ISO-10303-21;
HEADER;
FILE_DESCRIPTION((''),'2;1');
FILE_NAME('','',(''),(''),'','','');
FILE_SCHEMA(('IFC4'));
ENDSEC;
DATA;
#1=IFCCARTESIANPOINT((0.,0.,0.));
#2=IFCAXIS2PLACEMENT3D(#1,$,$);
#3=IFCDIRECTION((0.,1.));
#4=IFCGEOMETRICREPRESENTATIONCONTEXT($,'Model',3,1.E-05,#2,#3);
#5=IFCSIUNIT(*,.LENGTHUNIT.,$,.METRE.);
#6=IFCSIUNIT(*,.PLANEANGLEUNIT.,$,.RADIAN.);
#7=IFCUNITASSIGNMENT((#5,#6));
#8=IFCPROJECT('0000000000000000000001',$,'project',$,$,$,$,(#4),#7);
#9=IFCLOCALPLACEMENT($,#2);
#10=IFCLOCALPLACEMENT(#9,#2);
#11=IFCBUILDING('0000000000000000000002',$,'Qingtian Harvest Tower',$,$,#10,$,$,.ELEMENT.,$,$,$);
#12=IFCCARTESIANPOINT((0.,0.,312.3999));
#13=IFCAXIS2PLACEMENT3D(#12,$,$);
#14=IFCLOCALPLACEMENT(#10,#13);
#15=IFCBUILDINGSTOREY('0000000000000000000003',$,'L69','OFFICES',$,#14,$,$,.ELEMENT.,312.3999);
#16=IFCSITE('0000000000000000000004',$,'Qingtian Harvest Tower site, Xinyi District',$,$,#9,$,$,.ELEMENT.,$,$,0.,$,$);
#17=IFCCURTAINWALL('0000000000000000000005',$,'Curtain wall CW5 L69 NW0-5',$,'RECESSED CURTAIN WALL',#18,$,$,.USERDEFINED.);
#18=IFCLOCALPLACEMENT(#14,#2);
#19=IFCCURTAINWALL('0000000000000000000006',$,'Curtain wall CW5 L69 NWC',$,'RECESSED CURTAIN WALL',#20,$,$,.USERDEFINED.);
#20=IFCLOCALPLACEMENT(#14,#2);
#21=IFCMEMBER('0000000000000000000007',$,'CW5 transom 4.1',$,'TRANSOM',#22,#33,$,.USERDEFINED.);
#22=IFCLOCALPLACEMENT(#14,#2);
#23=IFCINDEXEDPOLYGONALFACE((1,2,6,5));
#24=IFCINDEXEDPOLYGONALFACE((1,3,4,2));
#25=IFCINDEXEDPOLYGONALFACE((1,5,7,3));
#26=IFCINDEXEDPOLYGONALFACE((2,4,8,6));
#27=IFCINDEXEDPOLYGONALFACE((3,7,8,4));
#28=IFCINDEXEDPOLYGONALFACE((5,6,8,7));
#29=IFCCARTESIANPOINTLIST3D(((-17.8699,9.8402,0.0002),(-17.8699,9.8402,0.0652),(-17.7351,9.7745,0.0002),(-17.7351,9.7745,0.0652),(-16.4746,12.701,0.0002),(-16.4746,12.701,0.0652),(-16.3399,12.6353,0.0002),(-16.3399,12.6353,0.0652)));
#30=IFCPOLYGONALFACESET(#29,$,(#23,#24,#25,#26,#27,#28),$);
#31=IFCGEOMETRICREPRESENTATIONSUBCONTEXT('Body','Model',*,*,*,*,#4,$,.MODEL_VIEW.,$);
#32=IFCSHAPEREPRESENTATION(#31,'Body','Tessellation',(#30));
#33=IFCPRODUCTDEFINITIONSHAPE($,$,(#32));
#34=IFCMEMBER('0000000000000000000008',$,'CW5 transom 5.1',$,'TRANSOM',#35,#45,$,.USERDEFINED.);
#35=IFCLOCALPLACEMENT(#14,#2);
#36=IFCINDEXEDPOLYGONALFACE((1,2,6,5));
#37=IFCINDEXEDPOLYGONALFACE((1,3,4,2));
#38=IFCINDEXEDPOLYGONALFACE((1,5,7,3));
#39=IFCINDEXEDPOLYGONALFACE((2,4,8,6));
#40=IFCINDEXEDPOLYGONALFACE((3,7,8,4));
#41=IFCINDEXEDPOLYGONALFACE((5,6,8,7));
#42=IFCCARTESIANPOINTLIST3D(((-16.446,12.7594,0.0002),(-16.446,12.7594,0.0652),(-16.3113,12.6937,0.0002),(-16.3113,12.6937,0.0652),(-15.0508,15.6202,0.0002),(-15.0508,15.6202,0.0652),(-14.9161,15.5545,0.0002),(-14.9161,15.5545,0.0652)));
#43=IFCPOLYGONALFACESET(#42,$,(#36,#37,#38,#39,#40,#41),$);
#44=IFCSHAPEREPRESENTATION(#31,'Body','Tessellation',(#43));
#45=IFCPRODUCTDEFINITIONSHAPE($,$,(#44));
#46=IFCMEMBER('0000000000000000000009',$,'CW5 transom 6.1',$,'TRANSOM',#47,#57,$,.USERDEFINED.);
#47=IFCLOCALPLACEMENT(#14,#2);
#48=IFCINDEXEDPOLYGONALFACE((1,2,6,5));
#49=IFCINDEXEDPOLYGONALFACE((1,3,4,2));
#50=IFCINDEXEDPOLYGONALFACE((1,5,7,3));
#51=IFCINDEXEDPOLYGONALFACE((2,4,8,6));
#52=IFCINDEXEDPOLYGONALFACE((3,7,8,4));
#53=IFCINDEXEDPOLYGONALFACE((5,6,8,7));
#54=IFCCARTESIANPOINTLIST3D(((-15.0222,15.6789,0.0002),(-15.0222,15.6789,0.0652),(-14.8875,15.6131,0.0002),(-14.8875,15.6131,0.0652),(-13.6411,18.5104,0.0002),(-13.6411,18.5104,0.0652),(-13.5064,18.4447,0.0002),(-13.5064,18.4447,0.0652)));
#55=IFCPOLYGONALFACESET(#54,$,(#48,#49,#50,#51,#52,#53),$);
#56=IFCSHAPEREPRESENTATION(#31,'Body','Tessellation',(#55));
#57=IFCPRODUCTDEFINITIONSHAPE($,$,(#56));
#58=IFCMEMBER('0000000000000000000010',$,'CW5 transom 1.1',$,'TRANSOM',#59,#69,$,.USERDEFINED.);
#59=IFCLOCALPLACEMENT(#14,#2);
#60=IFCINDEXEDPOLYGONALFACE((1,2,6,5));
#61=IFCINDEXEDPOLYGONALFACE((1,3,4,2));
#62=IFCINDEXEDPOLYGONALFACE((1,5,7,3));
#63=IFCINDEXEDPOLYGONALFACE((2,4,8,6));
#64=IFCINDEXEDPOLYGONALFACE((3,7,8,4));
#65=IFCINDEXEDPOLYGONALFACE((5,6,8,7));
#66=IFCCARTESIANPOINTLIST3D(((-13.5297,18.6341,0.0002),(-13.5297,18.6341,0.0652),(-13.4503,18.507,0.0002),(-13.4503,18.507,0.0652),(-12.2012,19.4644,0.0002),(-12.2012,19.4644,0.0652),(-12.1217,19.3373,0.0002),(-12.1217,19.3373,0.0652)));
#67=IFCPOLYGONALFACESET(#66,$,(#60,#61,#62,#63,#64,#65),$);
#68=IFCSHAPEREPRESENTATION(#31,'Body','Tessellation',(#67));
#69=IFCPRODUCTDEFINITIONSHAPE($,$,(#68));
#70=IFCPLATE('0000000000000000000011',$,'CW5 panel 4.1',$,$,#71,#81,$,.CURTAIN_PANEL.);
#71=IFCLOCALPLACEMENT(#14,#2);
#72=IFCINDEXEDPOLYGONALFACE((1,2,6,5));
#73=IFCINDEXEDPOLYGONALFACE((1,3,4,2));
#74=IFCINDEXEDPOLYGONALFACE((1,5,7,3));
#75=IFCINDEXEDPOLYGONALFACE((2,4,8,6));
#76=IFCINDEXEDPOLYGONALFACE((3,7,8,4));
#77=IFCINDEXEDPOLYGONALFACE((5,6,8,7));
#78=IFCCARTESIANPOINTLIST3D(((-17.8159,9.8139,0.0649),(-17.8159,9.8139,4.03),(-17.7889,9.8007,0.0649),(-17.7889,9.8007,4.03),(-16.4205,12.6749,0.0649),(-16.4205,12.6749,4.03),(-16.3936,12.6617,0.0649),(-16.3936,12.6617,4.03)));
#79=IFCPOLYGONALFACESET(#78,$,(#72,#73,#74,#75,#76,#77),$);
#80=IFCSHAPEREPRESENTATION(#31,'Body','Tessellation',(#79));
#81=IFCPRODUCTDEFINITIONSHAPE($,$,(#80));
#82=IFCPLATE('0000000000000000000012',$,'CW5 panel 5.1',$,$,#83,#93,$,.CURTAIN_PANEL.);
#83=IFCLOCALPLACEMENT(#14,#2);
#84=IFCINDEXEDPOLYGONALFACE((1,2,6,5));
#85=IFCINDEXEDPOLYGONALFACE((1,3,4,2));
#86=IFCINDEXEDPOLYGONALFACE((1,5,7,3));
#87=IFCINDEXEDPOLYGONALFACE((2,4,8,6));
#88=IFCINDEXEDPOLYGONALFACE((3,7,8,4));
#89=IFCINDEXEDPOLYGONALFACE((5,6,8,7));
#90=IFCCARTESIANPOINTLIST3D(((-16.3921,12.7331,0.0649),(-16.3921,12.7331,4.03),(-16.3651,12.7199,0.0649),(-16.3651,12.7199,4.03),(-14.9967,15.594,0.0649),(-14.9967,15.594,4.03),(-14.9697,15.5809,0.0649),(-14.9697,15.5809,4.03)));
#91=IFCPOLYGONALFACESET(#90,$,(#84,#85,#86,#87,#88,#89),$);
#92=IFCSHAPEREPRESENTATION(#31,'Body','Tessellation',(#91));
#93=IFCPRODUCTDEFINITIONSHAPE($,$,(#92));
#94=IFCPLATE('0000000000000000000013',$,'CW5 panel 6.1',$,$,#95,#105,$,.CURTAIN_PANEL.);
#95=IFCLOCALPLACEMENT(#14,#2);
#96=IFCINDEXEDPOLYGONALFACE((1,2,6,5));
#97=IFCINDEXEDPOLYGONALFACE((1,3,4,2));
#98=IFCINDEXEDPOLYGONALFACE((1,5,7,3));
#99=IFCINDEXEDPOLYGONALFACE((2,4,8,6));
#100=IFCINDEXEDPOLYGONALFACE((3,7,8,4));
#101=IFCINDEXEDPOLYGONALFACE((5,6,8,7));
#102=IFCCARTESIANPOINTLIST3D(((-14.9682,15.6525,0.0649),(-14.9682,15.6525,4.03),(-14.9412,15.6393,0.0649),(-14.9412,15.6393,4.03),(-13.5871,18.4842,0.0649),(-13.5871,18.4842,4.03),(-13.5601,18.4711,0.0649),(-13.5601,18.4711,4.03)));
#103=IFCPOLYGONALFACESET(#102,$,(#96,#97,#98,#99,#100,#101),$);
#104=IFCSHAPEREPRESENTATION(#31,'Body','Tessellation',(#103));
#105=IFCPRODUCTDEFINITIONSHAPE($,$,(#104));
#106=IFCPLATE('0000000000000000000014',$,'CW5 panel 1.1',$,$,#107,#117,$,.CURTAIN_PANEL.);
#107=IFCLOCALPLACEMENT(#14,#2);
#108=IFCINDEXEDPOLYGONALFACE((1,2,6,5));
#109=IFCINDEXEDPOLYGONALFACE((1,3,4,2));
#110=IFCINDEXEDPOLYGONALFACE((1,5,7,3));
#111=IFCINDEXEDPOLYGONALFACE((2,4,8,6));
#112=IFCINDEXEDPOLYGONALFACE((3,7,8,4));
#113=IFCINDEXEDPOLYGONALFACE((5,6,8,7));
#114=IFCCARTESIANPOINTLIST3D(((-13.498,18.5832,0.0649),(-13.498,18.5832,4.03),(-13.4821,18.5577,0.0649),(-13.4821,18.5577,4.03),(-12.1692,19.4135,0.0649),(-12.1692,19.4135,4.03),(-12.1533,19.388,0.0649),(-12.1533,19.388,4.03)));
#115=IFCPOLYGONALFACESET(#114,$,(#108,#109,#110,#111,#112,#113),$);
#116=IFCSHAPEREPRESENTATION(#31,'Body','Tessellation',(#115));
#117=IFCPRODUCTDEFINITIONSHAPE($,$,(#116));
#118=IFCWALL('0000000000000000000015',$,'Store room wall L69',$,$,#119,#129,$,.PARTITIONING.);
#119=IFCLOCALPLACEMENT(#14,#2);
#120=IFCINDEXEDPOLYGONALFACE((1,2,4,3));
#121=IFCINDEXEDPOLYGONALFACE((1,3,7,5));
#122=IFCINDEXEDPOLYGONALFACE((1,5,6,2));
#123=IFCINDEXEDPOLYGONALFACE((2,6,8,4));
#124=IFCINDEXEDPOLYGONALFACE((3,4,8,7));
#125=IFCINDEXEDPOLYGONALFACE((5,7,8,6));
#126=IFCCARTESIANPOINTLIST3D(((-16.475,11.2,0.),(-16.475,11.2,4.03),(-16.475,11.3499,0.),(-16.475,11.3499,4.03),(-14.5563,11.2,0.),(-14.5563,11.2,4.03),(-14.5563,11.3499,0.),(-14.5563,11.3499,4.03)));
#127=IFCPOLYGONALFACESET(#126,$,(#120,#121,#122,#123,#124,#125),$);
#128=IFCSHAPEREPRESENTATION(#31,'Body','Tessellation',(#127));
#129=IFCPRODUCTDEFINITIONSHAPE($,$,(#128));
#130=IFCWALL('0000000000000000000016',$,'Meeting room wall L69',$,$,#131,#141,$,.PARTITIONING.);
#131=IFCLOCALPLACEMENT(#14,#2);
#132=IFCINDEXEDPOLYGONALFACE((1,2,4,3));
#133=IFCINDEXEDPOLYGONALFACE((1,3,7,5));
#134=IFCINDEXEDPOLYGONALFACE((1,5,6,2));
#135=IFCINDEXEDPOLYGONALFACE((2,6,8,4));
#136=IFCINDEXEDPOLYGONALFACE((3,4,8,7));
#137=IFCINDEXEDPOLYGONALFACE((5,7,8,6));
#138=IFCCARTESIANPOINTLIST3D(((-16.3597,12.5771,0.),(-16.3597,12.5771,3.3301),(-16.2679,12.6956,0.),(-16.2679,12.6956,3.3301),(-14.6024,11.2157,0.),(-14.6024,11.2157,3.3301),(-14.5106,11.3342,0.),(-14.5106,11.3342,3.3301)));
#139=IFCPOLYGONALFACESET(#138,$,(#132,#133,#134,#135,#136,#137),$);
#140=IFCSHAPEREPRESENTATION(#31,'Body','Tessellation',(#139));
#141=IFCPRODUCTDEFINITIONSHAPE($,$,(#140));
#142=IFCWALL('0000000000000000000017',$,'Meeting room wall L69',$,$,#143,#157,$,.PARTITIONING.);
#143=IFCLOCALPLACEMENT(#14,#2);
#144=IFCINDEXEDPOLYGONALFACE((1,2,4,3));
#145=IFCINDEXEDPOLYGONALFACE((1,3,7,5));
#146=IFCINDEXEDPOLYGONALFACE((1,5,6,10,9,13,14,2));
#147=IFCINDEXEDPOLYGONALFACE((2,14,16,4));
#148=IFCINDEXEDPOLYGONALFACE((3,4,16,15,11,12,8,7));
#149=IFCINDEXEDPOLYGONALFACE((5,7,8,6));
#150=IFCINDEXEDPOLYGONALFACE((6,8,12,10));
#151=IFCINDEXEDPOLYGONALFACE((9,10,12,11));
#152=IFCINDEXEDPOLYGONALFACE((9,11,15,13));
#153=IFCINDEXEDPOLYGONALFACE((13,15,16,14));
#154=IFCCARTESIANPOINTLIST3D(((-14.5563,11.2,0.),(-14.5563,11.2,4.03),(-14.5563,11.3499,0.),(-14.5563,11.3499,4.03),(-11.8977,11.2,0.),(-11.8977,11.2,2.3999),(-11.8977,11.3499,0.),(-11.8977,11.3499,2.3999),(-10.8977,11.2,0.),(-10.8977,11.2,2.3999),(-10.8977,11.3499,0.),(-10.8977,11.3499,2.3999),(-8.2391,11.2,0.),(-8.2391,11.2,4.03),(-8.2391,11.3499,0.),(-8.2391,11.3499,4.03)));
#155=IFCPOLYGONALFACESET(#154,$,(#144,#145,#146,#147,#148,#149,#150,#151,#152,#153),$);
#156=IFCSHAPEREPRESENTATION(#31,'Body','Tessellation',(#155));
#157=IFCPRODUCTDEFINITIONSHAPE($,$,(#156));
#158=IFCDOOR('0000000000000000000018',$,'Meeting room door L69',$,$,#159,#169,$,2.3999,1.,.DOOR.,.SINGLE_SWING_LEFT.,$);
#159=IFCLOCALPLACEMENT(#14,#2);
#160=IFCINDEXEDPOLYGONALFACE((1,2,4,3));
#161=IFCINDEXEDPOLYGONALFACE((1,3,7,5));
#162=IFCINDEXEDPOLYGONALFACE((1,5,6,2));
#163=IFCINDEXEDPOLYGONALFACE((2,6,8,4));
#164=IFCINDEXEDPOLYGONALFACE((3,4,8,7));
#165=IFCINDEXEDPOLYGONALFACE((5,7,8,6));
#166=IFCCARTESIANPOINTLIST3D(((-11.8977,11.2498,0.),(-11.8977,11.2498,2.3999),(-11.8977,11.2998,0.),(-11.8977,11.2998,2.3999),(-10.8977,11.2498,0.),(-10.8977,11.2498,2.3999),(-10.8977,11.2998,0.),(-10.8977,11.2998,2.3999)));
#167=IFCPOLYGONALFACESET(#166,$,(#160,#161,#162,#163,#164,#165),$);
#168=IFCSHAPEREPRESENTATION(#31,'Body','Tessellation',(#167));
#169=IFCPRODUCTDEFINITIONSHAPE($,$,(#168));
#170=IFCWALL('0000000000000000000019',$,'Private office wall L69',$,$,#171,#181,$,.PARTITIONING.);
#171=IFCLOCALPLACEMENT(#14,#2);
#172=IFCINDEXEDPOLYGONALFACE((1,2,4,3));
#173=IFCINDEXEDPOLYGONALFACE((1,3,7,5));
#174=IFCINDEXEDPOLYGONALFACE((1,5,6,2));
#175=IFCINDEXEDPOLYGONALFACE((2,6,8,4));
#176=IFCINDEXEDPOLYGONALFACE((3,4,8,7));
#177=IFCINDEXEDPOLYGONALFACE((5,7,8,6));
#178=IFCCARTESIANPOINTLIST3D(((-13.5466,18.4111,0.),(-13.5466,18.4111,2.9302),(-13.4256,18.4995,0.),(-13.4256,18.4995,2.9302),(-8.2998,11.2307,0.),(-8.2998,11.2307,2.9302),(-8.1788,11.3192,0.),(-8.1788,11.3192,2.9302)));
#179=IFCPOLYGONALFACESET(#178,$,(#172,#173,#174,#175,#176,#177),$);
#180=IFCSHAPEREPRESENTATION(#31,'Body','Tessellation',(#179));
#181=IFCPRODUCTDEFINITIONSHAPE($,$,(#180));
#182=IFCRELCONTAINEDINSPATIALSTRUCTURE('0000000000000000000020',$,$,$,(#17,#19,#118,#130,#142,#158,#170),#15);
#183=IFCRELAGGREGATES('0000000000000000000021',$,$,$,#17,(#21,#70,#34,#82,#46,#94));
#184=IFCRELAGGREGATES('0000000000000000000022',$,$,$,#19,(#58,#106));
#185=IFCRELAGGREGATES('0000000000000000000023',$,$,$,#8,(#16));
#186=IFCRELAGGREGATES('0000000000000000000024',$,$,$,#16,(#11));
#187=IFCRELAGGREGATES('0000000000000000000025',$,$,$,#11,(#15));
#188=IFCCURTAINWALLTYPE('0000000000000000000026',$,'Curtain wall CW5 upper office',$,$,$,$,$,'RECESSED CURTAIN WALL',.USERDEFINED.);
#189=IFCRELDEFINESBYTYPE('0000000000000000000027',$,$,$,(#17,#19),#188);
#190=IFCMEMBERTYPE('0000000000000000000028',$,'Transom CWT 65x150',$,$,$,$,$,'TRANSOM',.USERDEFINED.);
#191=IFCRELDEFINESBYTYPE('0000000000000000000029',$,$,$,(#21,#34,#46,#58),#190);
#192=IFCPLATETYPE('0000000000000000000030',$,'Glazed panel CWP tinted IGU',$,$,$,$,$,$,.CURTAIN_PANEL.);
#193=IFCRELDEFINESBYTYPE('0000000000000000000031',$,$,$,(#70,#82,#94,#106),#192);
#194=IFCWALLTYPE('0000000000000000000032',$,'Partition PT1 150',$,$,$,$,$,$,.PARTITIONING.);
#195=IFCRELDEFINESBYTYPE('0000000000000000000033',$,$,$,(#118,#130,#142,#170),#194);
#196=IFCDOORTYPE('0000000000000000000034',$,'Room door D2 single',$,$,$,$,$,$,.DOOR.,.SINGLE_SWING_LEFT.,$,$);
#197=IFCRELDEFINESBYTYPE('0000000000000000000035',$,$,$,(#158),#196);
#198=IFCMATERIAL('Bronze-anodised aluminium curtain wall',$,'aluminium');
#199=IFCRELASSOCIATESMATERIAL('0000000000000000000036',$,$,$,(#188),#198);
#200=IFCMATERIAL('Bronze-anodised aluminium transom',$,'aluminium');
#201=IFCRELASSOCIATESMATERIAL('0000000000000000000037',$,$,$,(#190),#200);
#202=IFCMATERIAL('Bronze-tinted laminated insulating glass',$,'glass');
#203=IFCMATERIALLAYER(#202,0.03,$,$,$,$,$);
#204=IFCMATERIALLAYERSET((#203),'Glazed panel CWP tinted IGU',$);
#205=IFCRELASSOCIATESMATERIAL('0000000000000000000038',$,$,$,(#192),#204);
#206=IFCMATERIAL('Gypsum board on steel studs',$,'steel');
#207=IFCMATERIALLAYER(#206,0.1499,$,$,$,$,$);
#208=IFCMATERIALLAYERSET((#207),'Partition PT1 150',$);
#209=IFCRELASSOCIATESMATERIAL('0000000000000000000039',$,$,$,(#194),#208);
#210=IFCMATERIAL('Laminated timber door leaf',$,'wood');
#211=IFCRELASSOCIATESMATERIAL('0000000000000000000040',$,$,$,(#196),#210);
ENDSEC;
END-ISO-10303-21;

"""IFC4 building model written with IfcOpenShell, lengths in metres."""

from ifc_helpers import new_model, si_unit, direction, frame, frame_2d, origin, origin_2d, place, context, subcontext, project, spatial, rectangle, extrude, material, layer, layer_set, material_profile, profile_set, type_object, element, fill, aggregate, save


model = new_model("IFC4")

# Units and contexts
model_context = context("Model", 3, precision=1e-05, world=origin(), true_north=direction((0.0, 1.0)))
body_context = subcontext(model_context, "Body", "Model", "MODEL_VIEW")
ifc_project = project(units=[si_unit("LENGTHUNIT", "METRE"), si_unit("PLANEANGLEUNIT", "RADIAN")], contexts=[model_context])

# Site, building, storey
site_placement = place(None, origin())
site = spatial("IfcSite", under=ifc_project, at=site_placement, Name="Qingtian Harvest Tower site, Xinyi District", CompositionType="ELEMENT", RefElevation=0.0)
building_placement = place(site_placement, origin())
building = spatial("IfcBuilding", under=site, at=building_placement, Name="Qingtian Harvest Tower", CompositionType="ELEMENT")
storey_placement = place(building_placement, frame((0.0, 0.0, 312.3999)))
storey = spatial("IfcBuildingStorey", under=building, at=storey_placement, Name="L69", Description="OFFICES", CompositionType="ELEMENT", Elevation=312.3999)

# Curtain wall
ifc_material_1 = material(Name="Bronze-anodised aluminium curtain wall", Category="aluminium")
curtain_wall_type = type_object("IfcCurtainWallType", Name="Curtain wall CW5 upper office", ElementType="RECESSED CURTAIN WALL", PredefinedType="USERDEFINED", material=ifc_material_1)
curtain_wall_1_placement = place(storey_placement, origin())
curtain_wall_1 = element("IfcCurtainWall", 1, at=curtain_wall_1_placement, inside=storey, type_object=curtain_wall_type, Name="Curtain wall CW5 L69 NW0-5", ObjectType="RECESSED CURTAIN WALL", PredefinedType="USERDEFINED")

# Curtain wall
curtain_wall_2_placement = place(storey_placement, origin())
curtain_wall_2 = element("IfcCurtainWall", 2, at=curtain_wall_2_placement, inside=storey, type_object=curtain_wall_type, Name="Curtain wall CW5 L69 NWC", ObjectType="RECESSED CURTAIN WALL", PredefinedType="USERDEFINED")

# Members
ifc_material_2 = material(Name="Bronze-anodised aluminium transom", Category="aluminium")
ifc_material_profile_1 = material_profile(ifc_material_2, rectangle(XDim=0.1499, YDim=0.0649, at=origin_2d()), Name="AL 65x150")
ifc_profile_set_1 = profile_set([ifc_material_profile_1], Name="Bronze-anodised aluminium transom")
member_type_1 = type_object("IfcMemberType", Name="Transom CWT 65x150", ElementType="TRANSOM", PredefinedType="USERDEFINED", material=ifc_profile_set_1)
member_1_placement = place(storey_placement, frame((-17.8025, 9.8074, 0.0327), z_axis=(0.438356, 0.898802, 0.0), x_axis=(-0.898802, 0.438356, 0.0)))
member_1 = element("IfcMember", 3, at=member_1_placement, type_object=member_type_1, Name="CW5 transom 4.1", ObjectType="TRANSOM", PredefinedType="USERDEFINED", context=body_context, shape_type="SweptSolid", body=[
    extrude(rectangle(XDim=0.1499, YDim=0.0649, at=origin_2d()), origin(), (0.0, 0.0, 1.0), 3.1829),
])
member_2_placement = place(storey_placement, frame((-16.3787, 12.7266, 0.0327), z_axis=(0.438356, 0.898802, 0.0), x_axis=(-0.898802, 0.438356, 0.0)))
member_2 = element("IfcMember", 4, at=member_2_placement, type_object=member_type_1, Name="CW5 transom 5.1", ObjectType="TRANSOM", PredefinedType="USERDEFINED", context=body_context, shape_type="SweptSolid", body=[
    extrude(rectangle(XDim=0.1499, YDim=0.0649, at=origin_2d()), origin(), (0.0, 0.0, 1.0), 3.1829),
])
member_3_placement = place(storey_placement, frame((-14.9548, 15.646, 0.0327), z_axis=(0.438389, 0.898786, 0.0), x_axis=(-0.898786, 0.438389, 0.0)))
member_3 = element("IfcMember", 5, at=member_3_placement, type_object=member_type_1, Name="CW5 transom 6.1", ObjectType="TRANSOM", PredefinedType="USERDEFINED", context=body_context, shape_type="SweptSolid", body=[
    extrude(rectangle(XDim=0.1499, YDim=0.0649, at=origin_2d()), origin(), (0.0, 0.0, 1.0), 3.1504),
])
member_4_placement = place(storey_placement, frame((-13.49, 18.5706, 0.0327), z_axis=(0.848016, 0.529971, 0.0), x_axis=(-0.529971, 0.848016, 0.0)))
member_4 = element("IfcMember", 6, at=member_4_placement, type_object=member_type_1, Name="CW5 transom 1.1", ObjectType="TRANSOM", PredefinedType="USERDEFINED", context=body_context, shape_type="SweptSolid", body=[
    extrude(rectangle(XDim=0.1499, YDim=0.0649, at=origin_2d()), origin(), (0.0, 0.0, 1.0), 1.5667),
])

# Plates
ifc_material_3 = material(Name="Bronze-tinted laminated insulating glass", Category="glass")
ifc_layer_1 = layer(ifc_material_3, 0.03)
ifc_layer_set_1 = layer_set([ifc_layer_1], Name="Glazed panel CWP tinted IGU")
plate_type = type_object("IfcPlateType", Name="Glazed panel CWP tinted IGU", PredefinedType="CURTAIN_PANEL", material=ifc_layer_set_1)
plate_1_placement = place(storey_placement, frame((-17.1047, 11.2378, 0.0649), z_axis=(0.0, 0.0, 1.0), x_axis=(0.438371, 0.898794, 0.0)))
plate_1 = element("IfcPlate", 7, at=plate_1_placement, type_object=plate_type, Name="CW5 panel 4.1", PredefinedType="CURTAIN_PANEL", context=body_context, shape_type="SweptSolid", body=[
    extrude(rectangle(XDim=3.1831, YDim=0.03, at=origin_2d()), origin(), (0.0, 0.0, 1.0), 3.9651),
])
plate_2_placement = place(storey_placement, frame((-15.6809, 14.157, 0.0649), z_axis=(0.0, 0.0, 1.0), x_axis=(0.438371, 0.898794, 0.0)))
plate_2 = element("IfcPlate", 8, at=plate_2_placement, type_object=plate_type, Name="CW5 panel 5.1", PredefinedType="CURTAIN_PANEL", context=body_context, shape_type="SweptSolid", body=[
    extrude(rectangle(XDim=3.1831, YDim=0.03, at=origin_2d()), origin(), (0.0, 0.0, 1.0), 3.9651),
])
plate_3_placement = place(storey_placement, frame((-14.2642, 17.0618, 0.0649), z_axis=(0.0, 0.0, 1.0), x_axis=(0.438371, 0.898794, 0.0)))
plate_3 = element("IfcPlate", 9, at=plate_3_placement, type_object=plate_type, Name="CW5 panel 6.1", PredefinedType="CURTAIN_PANEL", context=body_context, shape_type="SweptSolid", body=[
    extrude(rectangle(XDim=3.1506, YDim=0.03, at=origin_2d()), origin(), (0.0, 0.0, 1.0), 3.9651),
])
aggregate(curtain_wall_1, [member_1, plate_1, member_2, plate_2, member_3, plate_3])
plate_4_placement = place(storey_placement, frame((-12.8257, 18.9856, 0.0649), z_axis=(0.0, 0.0, 1.0), x_axis=(0.848048, 0.529919, 0.0)))
plate_4 = element("IfcPlate", 10, at=plate_4_placement, type_object=plate_type, Name="CW5 panel 1.1", PredefinedType="CURTAIN_PANEL", context=body_context, shape_type="SweptSolid", body=[
    extrude(rectangle(XDim=1.5669, YDim=0.03, at=origin_2d()), origin(), (0.0, 0.0, 1.0), 3.9651),
])
aggregate(curtain_wall_2, [member_4, plate_4])

# Walls
ifc_material_4 = material(Name="Gypsum board on steel studs", Category="steel")
ifc_layer_2 = layer(ifc_material_4, 0.1499)
ifc_layer_set_2 = layer_set([ifc_layer_2], Name="Partition PT1 150")
wall_type = type_object("IfcWallType", Name="Partition PT1 150", PredefinedType="PARTITIONING", material=ifc_layer_set_2)
wall_1_placement = place(storey_placement, frame((-16.4751, 11.2749, 0.0), z_axis=(0.0, 0.0, 1.0), x_axis=(1.0, 0.0, 0.0)))
element("IfcWall", 11, at=wall_1_placement, inside=storey, type_object=wall_type, Name="Store room wall L69", PredefinedType="PARTITIONING", context=body_context, shape_type="SweptSolid", body=[
    extrude(rectangle(XDim=1.9187, YDim=0.1499, at=frame_2d((0.9595, 0.0))), origin(), (0.0, 0.0, 1.0), 4.03),
])
wall_2_placement = place(storey_placement, frame((-16.3137, 12.6362, 0.0), z_axis=(0.0, 0.0, 1.0), x_axis=(0.790545, -0.612404, 0.0)))
element("IfcWall", 12, at=wall_2_placement, inside=storey, type_object=wall_type, Name="Meeting room wall L69", PredefinedType="PARTITIONING", context=body_context, shape_type="SweptSolid", body=[
    extrude(rectangle(XDim=2.2229, YDim=0.1499, at=frame_2d((1.1113, 0.0))), origin(), (0.0, 0.0, 1.0), 3.3301),
])

# Wall, opening, door
wall_3_placement = place(storey_placement, frame((-14.5564, 11.2749, 0.0), z_axis=(0.0, 0.0, 1.0), x_axis=(1.0, 0.0, 0.0)))
wall_3 = element("IfcWall", 13, at=wall_3_placement, inside=storey, type_object=wall_type, Name="Meeting room wall L69", PredefinedType="PARTITIONING", context=body_context, shape_type="SweptSolid", body=[
    extrude(rectangle(XDim=6.3171, YDim=0.1499, at=frame_2d((3.1587, 0.0))), origin(), (0.0, 0.0, 1.0), 4.03),
])
opening_placement = place(wall_3_placement, frame((2.6587, 0.0, 0.0)))
opening = element("IfcOpeningElement", 14, at=opening_placement, cuts=wall_3, PredefinedType="OPENING", context=body_context, shape_type="SweptSolid", body=[
    extrude(rectangle(XDim=1.0, YDim=2.3999, at=frame_2d((0.5, 1.2))), frame((0.0, 0.085, 0.0), z_axis=(0.0, -1.0, 0.0), x_axis=(1.0, 0.0, 0.0)), (0.0, 0.0, 1.0), 0.1699),
])
ifc_material_5 = material(Name="Laminated timber door leaf", Category="wood")
door_type = type_object("IfcDoorType", Name="Room door D2 single", OperationType="SINGLE_SWING_LEFT", PredefinedType="DOOR", material=ifc_material_5)
door_placement = place(opening_placement, origin())
door = element("IfcDoor", 15, at=door_placement, inside=storey, type_object=door_type, Name="Meeting room door L69", OperationType="SINGLE_SWING_LEFT", OverallHeight=2.3999, OverallWidth=1.0, PredefinedType="DOOR", context=body_context, shape_type="SweptSolid", body=[
    extrude(rectangle(XDim=1.0, YDim=2.3999, at=frame_2d((0.5, 1.2))), frame((0.0, 0.0249, 0.0), z_axis=(0.0, -1.0, 0.0), x_axis=(1.0, 0.0, 0.0)), (0.0, 0.0, 1.0), 0.05),
])
fill(opening, door)

# Wall
wall_4_placement = place(storey_placement, frame((-13.4861, 18.4553, 0.0), z_axis=(0.0, 0.0, 1.0), x_axis=(0.589987, -0.807413, 0.0)))
element("IfcWall", 16, at=wall_4_placement, inside=storey, type_object=wall_type, Name="Private office wall L69", PredefinedType="PARTITIONING", context=body_context, shape_type="SweptSolid", body=[
    extrude(rectangle(XDim=8.8931, YDim=0.1499, at=frame_2d((4.4465, 0.0))), origin(), (0.0, 0.0, 1.0), 2.9302),
])

save(model, "model.ifc")
